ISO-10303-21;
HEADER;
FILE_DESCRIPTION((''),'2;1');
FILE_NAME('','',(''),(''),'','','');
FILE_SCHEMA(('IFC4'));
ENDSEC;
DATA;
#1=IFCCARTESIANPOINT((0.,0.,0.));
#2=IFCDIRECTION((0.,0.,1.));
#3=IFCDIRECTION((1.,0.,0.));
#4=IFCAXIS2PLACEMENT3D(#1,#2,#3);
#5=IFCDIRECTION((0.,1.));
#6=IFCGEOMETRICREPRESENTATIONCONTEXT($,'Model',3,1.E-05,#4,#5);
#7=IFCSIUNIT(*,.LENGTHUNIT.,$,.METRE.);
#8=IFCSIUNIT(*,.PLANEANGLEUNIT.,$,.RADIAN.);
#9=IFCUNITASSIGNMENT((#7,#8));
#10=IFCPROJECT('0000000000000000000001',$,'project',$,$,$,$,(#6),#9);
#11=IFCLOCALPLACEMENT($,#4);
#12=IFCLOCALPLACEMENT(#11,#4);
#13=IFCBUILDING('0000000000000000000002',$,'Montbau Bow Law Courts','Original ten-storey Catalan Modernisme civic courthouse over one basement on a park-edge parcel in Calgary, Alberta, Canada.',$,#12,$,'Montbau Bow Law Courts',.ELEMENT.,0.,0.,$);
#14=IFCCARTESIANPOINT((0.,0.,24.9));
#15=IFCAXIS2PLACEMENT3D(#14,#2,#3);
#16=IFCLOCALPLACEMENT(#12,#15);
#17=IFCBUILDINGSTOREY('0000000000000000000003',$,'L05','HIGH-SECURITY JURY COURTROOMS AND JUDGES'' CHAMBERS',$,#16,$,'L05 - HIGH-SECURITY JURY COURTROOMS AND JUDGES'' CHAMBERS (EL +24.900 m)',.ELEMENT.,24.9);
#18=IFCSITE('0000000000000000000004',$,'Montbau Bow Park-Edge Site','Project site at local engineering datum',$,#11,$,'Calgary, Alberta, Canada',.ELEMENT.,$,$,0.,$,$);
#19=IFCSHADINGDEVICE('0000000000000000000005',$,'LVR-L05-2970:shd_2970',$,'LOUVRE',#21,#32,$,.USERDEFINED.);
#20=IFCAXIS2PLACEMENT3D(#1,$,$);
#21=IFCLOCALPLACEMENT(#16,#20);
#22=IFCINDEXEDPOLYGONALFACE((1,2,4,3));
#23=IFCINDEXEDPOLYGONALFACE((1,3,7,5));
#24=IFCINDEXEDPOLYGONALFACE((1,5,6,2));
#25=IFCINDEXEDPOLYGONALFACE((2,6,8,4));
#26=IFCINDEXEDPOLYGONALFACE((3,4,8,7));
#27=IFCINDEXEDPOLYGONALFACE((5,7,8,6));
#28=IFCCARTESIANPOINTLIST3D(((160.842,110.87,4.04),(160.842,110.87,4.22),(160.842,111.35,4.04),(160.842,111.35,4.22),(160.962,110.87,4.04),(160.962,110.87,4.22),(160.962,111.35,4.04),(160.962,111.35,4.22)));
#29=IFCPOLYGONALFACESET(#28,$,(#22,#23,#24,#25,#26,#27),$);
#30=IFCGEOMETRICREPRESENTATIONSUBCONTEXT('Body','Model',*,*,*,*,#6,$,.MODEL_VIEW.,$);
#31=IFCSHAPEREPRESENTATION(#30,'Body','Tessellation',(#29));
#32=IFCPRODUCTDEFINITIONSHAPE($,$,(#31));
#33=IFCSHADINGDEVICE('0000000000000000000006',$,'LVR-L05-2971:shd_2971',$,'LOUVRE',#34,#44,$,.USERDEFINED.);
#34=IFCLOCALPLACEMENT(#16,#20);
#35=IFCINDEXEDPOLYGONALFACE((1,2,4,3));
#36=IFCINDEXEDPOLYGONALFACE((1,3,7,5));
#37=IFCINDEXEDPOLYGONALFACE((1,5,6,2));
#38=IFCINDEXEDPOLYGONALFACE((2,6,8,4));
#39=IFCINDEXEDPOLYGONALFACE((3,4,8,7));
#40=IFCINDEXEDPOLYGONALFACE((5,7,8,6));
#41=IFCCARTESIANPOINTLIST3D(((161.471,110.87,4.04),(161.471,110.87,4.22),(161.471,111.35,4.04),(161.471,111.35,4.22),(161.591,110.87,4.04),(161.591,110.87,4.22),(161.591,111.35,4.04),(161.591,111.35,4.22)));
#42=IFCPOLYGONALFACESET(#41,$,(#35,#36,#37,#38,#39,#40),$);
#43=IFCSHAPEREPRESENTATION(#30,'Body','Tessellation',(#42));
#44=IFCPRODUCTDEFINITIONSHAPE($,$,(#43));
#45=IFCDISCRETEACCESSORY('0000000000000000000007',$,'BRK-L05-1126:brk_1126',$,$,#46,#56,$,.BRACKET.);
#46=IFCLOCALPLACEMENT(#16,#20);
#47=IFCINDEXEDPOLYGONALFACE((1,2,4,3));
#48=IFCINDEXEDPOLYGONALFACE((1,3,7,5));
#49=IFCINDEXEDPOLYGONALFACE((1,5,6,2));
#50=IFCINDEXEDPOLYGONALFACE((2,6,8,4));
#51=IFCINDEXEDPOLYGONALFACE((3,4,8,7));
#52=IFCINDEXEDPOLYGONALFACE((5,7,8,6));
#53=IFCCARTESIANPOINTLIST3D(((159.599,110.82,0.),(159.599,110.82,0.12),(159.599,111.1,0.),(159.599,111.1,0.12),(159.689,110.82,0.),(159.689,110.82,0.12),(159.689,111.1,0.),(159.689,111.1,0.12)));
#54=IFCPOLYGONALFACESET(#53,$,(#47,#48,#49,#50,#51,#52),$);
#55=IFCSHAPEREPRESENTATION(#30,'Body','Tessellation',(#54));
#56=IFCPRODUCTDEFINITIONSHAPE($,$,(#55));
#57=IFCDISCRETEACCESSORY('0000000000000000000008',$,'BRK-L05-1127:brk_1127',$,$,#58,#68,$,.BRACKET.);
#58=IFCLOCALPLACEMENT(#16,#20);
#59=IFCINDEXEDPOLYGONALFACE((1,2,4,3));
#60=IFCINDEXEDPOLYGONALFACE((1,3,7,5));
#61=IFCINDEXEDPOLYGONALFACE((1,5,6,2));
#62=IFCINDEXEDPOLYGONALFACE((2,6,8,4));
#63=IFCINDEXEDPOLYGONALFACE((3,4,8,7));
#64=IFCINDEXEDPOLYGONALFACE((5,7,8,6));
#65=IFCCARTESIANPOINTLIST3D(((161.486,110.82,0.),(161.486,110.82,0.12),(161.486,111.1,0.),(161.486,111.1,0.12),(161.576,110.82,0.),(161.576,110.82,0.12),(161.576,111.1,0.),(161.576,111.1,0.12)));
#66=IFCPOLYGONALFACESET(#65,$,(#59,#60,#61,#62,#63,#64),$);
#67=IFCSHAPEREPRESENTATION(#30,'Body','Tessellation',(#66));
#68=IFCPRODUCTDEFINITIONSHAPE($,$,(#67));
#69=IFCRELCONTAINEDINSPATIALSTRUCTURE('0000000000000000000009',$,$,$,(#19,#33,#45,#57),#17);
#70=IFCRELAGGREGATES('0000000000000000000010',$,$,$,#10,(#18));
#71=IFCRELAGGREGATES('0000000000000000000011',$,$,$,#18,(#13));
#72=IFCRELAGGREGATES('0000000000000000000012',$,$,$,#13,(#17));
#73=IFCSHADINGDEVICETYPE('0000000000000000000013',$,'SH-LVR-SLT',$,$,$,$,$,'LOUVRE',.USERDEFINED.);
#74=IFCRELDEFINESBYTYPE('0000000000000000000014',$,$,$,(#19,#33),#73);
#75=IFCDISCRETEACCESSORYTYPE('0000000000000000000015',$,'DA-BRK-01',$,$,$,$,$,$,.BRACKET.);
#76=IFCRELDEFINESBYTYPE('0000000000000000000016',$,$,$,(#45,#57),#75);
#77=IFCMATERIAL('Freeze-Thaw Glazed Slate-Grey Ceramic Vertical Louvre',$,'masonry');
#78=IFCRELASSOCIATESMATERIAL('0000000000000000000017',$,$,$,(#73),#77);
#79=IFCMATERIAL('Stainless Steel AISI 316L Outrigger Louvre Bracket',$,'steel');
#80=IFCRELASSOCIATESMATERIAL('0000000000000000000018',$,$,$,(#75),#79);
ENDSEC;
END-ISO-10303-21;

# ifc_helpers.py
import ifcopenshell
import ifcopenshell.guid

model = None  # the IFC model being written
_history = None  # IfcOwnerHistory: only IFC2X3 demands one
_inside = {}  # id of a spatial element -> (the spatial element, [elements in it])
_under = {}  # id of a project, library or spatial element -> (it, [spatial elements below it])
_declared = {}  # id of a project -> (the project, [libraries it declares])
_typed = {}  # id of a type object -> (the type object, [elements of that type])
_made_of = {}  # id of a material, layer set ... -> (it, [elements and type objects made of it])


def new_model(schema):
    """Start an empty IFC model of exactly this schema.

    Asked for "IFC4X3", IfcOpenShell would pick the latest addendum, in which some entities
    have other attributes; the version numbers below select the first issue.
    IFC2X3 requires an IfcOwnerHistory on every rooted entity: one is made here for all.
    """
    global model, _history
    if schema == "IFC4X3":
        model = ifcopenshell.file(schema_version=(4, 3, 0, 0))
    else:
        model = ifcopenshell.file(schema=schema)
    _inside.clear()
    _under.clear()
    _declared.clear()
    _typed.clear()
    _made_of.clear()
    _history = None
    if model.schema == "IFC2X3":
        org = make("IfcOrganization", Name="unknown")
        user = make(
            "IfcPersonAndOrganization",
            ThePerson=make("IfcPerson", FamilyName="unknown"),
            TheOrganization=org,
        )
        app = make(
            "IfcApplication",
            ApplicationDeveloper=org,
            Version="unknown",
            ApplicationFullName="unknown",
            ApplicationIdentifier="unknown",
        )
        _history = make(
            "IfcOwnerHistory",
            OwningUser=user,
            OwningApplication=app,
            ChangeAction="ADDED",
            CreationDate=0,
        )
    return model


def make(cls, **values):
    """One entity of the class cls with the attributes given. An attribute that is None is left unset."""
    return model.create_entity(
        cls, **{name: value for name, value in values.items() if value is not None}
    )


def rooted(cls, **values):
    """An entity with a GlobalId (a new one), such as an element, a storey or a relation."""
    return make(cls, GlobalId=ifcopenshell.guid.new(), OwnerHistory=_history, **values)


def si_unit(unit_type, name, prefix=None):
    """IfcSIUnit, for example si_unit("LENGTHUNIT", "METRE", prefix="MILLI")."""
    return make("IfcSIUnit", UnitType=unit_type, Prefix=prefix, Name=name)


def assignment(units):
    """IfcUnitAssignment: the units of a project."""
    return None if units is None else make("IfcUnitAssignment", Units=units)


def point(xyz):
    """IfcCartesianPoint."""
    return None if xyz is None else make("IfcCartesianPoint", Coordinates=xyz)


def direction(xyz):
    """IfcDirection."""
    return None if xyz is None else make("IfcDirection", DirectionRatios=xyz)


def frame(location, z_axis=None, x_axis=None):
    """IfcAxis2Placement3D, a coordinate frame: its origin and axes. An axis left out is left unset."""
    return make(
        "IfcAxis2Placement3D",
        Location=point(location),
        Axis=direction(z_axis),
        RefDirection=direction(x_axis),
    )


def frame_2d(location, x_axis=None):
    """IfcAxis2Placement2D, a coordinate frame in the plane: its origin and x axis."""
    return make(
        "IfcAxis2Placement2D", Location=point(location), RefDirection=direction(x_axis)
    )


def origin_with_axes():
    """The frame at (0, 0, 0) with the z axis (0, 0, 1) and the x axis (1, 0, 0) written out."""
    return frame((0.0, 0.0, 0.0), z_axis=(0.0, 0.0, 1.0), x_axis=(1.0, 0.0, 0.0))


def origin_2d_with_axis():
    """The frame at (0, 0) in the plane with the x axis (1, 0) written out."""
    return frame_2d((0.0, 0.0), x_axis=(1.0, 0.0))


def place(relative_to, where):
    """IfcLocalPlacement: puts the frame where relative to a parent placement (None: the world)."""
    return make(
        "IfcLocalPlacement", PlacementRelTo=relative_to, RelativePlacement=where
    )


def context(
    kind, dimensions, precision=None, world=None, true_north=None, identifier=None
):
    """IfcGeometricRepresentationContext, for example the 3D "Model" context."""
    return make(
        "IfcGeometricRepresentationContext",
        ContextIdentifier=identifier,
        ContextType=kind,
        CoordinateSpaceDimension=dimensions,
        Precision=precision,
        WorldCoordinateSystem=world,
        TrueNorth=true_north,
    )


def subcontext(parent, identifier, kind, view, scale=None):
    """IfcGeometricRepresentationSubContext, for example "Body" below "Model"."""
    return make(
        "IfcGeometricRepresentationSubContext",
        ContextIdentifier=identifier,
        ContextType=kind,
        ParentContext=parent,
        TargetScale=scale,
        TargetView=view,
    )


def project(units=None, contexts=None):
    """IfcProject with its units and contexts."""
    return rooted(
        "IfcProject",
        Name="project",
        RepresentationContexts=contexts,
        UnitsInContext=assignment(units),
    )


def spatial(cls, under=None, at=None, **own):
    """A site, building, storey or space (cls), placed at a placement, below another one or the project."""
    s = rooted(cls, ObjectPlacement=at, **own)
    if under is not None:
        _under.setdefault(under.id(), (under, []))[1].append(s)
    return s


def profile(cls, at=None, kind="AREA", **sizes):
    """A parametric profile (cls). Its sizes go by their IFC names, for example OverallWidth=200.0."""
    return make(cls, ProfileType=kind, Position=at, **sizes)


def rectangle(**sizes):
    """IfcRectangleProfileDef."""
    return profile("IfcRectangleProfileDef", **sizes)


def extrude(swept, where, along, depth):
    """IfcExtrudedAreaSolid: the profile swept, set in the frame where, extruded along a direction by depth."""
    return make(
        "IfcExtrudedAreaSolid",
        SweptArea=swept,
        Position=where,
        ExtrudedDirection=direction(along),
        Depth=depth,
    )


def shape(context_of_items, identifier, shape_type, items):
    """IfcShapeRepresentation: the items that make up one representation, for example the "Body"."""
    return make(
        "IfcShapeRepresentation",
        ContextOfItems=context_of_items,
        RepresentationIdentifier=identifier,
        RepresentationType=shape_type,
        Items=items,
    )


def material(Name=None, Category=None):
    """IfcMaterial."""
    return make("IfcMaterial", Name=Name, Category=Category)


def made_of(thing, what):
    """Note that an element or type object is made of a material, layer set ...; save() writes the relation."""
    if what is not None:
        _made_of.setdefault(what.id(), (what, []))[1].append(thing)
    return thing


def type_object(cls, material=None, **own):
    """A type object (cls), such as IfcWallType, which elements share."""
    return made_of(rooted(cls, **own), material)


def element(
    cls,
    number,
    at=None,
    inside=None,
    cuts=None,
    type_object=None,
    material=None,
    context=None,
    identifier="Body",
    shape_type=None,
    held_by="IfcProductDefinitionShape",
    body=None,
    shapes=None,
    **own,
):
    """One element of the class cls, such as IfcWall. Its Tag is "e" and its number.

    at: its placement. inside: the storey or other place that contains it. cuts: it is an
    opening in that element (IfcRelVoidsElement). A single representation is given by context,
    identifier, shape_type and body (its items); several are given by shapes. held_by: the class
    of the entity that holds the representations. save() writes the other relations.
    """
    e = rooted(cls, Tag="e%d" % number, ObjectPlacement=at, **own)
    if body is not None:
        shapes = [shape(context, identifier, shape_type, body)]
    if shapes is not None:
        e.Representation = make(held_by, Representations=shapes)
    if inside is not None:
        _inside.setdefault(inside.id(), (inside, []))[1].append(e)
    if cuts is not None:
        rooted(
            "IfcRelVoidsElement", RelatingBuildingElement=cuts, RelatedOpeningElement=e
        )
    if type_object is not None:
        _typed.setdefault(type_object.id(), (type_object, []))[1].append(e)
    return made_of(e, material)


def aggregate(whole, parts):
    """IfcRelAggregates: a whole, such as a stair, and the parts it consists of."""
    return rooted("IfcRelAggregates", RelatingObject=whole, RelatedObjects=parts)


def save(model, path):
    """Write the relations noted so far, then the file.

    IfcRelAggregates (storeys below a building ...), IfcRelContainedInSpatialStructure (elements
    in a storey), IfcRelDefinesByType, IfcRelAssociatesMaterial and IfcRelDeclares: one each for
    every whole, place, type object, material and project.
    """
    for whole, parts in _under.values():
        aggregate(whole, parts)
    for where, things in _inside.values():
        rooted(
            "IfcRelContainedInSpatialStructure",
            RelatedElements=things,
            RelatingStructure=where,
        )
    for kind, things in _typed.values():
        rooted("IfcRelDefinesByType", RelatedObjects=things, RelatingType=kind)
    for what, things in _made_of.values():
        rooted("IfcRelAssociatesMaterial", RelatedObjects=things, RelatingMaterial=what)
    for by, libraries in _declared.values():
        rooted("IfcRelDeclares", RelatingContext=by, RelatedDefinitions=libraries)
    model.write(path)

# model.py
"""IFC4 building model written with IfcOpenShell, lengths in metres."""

from ifc_helpers import new_model, si_unit, direction, frame, origin_with_axes, origin_2d_with_axis, place, context, subcontext, project, spatial, rectangle, extrude, material, type_object, element, save


model = new_model("IFC4")

# Units and contexts
model_context = context("Model", 3, precision=1e-05, world=origin_with_axes(), true_north=direction((0.0, 1.0)))
body_context = subcontext(model_context, "Body", "Model", "MODEL_VIEW")
ifc_project = project(units=[si_unit("LENGTHUNIT", "METRE"), si_unit("PLANEANGLEUNIT", "RADIAN")], contexts=[model_context])

# Site, building, storey
site_placement = place(None, origin_with_axes())
site = spatial("IfcSite", under=ifc_project, at=site_placement, Name="Montbau Bow Park-Edge Site", Description="Project site at local engineering datum", LongName="Calgary, Alberta, Canada", CompositionType="ELEMENT", RefElevation=0.0)
building_placement = place(site_placement, origin_with_axes())
building = spatial("IfcBuilding", under=site, at=building_placement, Name="Montbau Bow Law Courts", Description="Original ten-storey Catalan Modernisme civic courthouse over one basement on a park-edge parcel in Calgary, Alberta, Canada.", LongName="Montbau Bow Law Courts", CompositionType="ELEMENT", ElevationOfRefHeight=0.0, ElevationOfTerrain=0.0)
storey_placement = place(building_placement, frame((0.0, 0.0, 24.9), z_axis=(0.0, 0.0, 1.0), x_axis=(1.0, 0.0, 0.0)))
storey = spatial("IfcBuildingStorey", under=building, at=storey_placement, Name="L05", Description="HIGH-SECURITY JURY COURTROOMS AND JUDGES' CHAMBERS", LongName="L05 - HIGH-SECURITY JURY COURTROOMS AND JUDGES' CHAMBERS (EL +24.900 m)", CompositionType="ELEMENT", Elevation=24.9)

# Shared definitions
ifc_material_1 = material(Name="Freeze-Thaw Glazed Slate-Grey Ceramic Vertical Louvre", Category="masonry")

# Shading devices
shading_device_type = type_object("IfcShadingDeviceType", Name="SH-LVR-SLT", ElementType="LOUVRE", PredefinedType="USERDEFINED", material=ifc_material_1)
for number, where, z_axis, x_axis, name in (
    (1, (160.902, 111.11, 28.94), (0.0, 0.0, 1.0), (0.0, 1.0, 0.0), "LVR-L05-2970:shd_2970"),
    (2, (161.531, 111.11, 28.94), (0.0, 0.0, 1.0), (0.0, 1.0, 0.0), "LVR-L05-2971:shd_2971"),
):
    element("IfcShadingDevice", number, at=place(None, frame(where, z_axis=z_axis, x_axis=x_axis)), inside=storey, type_object=shading_device_type, Name=name, ObjectType="LOUVRE", PredefinedType="USERDEFINED", context=body_context, shape_type="SweptSolid", body=[
        extrude(rectangle(XDim=0.48, YDim=0.12, at=origin_2d_with_axis()), origin_with_axes(), (0.0, 0.0, 1.0), 0.18),
    ])

# Discrete accessories
ifc_material_2 = material(Name="Stainless Steel AISI 316L Outrigger Louvre Bracket", Category="steel")
discrete_accessory_type = type_object("IfcDiscreteAccessoryType", Name="DA-BRK-01", PredefinedType="BRACKET", material=ifc_material_2)
for number, where, z_axis, x_axis, name in (
    (3, (159.644, 110.96, 24.9), (0.0, 0.0, 1.0), (0.0, 1.0, 0.0), "BRK-L05-1126:brk_1126"),
    (4, (161.531, 110.96, 24.9), (0.0, 0.0, 1.0), (0.0, 1.0, 0.0), "BRK-L05-1127:brk_1127"),
):
    element("IfcDiscreteAccessory", number, at=place(None, frame(where, z_axis=z_axis, x_axis=x_axis)), inside=storey, type_object=discrete_accessory_type, Name=name, PredefinedType="BRACKET", context=body_context, shape_type="SweptSolid", body=[
        extrude(rectangle(XDim=0.28, YDim=0.09, at=origin_2d_with_axis()), origin_with_axes(), (0.0, 0.0, 1.0), 0.12),
    ])

save(model, "model.ifc")
